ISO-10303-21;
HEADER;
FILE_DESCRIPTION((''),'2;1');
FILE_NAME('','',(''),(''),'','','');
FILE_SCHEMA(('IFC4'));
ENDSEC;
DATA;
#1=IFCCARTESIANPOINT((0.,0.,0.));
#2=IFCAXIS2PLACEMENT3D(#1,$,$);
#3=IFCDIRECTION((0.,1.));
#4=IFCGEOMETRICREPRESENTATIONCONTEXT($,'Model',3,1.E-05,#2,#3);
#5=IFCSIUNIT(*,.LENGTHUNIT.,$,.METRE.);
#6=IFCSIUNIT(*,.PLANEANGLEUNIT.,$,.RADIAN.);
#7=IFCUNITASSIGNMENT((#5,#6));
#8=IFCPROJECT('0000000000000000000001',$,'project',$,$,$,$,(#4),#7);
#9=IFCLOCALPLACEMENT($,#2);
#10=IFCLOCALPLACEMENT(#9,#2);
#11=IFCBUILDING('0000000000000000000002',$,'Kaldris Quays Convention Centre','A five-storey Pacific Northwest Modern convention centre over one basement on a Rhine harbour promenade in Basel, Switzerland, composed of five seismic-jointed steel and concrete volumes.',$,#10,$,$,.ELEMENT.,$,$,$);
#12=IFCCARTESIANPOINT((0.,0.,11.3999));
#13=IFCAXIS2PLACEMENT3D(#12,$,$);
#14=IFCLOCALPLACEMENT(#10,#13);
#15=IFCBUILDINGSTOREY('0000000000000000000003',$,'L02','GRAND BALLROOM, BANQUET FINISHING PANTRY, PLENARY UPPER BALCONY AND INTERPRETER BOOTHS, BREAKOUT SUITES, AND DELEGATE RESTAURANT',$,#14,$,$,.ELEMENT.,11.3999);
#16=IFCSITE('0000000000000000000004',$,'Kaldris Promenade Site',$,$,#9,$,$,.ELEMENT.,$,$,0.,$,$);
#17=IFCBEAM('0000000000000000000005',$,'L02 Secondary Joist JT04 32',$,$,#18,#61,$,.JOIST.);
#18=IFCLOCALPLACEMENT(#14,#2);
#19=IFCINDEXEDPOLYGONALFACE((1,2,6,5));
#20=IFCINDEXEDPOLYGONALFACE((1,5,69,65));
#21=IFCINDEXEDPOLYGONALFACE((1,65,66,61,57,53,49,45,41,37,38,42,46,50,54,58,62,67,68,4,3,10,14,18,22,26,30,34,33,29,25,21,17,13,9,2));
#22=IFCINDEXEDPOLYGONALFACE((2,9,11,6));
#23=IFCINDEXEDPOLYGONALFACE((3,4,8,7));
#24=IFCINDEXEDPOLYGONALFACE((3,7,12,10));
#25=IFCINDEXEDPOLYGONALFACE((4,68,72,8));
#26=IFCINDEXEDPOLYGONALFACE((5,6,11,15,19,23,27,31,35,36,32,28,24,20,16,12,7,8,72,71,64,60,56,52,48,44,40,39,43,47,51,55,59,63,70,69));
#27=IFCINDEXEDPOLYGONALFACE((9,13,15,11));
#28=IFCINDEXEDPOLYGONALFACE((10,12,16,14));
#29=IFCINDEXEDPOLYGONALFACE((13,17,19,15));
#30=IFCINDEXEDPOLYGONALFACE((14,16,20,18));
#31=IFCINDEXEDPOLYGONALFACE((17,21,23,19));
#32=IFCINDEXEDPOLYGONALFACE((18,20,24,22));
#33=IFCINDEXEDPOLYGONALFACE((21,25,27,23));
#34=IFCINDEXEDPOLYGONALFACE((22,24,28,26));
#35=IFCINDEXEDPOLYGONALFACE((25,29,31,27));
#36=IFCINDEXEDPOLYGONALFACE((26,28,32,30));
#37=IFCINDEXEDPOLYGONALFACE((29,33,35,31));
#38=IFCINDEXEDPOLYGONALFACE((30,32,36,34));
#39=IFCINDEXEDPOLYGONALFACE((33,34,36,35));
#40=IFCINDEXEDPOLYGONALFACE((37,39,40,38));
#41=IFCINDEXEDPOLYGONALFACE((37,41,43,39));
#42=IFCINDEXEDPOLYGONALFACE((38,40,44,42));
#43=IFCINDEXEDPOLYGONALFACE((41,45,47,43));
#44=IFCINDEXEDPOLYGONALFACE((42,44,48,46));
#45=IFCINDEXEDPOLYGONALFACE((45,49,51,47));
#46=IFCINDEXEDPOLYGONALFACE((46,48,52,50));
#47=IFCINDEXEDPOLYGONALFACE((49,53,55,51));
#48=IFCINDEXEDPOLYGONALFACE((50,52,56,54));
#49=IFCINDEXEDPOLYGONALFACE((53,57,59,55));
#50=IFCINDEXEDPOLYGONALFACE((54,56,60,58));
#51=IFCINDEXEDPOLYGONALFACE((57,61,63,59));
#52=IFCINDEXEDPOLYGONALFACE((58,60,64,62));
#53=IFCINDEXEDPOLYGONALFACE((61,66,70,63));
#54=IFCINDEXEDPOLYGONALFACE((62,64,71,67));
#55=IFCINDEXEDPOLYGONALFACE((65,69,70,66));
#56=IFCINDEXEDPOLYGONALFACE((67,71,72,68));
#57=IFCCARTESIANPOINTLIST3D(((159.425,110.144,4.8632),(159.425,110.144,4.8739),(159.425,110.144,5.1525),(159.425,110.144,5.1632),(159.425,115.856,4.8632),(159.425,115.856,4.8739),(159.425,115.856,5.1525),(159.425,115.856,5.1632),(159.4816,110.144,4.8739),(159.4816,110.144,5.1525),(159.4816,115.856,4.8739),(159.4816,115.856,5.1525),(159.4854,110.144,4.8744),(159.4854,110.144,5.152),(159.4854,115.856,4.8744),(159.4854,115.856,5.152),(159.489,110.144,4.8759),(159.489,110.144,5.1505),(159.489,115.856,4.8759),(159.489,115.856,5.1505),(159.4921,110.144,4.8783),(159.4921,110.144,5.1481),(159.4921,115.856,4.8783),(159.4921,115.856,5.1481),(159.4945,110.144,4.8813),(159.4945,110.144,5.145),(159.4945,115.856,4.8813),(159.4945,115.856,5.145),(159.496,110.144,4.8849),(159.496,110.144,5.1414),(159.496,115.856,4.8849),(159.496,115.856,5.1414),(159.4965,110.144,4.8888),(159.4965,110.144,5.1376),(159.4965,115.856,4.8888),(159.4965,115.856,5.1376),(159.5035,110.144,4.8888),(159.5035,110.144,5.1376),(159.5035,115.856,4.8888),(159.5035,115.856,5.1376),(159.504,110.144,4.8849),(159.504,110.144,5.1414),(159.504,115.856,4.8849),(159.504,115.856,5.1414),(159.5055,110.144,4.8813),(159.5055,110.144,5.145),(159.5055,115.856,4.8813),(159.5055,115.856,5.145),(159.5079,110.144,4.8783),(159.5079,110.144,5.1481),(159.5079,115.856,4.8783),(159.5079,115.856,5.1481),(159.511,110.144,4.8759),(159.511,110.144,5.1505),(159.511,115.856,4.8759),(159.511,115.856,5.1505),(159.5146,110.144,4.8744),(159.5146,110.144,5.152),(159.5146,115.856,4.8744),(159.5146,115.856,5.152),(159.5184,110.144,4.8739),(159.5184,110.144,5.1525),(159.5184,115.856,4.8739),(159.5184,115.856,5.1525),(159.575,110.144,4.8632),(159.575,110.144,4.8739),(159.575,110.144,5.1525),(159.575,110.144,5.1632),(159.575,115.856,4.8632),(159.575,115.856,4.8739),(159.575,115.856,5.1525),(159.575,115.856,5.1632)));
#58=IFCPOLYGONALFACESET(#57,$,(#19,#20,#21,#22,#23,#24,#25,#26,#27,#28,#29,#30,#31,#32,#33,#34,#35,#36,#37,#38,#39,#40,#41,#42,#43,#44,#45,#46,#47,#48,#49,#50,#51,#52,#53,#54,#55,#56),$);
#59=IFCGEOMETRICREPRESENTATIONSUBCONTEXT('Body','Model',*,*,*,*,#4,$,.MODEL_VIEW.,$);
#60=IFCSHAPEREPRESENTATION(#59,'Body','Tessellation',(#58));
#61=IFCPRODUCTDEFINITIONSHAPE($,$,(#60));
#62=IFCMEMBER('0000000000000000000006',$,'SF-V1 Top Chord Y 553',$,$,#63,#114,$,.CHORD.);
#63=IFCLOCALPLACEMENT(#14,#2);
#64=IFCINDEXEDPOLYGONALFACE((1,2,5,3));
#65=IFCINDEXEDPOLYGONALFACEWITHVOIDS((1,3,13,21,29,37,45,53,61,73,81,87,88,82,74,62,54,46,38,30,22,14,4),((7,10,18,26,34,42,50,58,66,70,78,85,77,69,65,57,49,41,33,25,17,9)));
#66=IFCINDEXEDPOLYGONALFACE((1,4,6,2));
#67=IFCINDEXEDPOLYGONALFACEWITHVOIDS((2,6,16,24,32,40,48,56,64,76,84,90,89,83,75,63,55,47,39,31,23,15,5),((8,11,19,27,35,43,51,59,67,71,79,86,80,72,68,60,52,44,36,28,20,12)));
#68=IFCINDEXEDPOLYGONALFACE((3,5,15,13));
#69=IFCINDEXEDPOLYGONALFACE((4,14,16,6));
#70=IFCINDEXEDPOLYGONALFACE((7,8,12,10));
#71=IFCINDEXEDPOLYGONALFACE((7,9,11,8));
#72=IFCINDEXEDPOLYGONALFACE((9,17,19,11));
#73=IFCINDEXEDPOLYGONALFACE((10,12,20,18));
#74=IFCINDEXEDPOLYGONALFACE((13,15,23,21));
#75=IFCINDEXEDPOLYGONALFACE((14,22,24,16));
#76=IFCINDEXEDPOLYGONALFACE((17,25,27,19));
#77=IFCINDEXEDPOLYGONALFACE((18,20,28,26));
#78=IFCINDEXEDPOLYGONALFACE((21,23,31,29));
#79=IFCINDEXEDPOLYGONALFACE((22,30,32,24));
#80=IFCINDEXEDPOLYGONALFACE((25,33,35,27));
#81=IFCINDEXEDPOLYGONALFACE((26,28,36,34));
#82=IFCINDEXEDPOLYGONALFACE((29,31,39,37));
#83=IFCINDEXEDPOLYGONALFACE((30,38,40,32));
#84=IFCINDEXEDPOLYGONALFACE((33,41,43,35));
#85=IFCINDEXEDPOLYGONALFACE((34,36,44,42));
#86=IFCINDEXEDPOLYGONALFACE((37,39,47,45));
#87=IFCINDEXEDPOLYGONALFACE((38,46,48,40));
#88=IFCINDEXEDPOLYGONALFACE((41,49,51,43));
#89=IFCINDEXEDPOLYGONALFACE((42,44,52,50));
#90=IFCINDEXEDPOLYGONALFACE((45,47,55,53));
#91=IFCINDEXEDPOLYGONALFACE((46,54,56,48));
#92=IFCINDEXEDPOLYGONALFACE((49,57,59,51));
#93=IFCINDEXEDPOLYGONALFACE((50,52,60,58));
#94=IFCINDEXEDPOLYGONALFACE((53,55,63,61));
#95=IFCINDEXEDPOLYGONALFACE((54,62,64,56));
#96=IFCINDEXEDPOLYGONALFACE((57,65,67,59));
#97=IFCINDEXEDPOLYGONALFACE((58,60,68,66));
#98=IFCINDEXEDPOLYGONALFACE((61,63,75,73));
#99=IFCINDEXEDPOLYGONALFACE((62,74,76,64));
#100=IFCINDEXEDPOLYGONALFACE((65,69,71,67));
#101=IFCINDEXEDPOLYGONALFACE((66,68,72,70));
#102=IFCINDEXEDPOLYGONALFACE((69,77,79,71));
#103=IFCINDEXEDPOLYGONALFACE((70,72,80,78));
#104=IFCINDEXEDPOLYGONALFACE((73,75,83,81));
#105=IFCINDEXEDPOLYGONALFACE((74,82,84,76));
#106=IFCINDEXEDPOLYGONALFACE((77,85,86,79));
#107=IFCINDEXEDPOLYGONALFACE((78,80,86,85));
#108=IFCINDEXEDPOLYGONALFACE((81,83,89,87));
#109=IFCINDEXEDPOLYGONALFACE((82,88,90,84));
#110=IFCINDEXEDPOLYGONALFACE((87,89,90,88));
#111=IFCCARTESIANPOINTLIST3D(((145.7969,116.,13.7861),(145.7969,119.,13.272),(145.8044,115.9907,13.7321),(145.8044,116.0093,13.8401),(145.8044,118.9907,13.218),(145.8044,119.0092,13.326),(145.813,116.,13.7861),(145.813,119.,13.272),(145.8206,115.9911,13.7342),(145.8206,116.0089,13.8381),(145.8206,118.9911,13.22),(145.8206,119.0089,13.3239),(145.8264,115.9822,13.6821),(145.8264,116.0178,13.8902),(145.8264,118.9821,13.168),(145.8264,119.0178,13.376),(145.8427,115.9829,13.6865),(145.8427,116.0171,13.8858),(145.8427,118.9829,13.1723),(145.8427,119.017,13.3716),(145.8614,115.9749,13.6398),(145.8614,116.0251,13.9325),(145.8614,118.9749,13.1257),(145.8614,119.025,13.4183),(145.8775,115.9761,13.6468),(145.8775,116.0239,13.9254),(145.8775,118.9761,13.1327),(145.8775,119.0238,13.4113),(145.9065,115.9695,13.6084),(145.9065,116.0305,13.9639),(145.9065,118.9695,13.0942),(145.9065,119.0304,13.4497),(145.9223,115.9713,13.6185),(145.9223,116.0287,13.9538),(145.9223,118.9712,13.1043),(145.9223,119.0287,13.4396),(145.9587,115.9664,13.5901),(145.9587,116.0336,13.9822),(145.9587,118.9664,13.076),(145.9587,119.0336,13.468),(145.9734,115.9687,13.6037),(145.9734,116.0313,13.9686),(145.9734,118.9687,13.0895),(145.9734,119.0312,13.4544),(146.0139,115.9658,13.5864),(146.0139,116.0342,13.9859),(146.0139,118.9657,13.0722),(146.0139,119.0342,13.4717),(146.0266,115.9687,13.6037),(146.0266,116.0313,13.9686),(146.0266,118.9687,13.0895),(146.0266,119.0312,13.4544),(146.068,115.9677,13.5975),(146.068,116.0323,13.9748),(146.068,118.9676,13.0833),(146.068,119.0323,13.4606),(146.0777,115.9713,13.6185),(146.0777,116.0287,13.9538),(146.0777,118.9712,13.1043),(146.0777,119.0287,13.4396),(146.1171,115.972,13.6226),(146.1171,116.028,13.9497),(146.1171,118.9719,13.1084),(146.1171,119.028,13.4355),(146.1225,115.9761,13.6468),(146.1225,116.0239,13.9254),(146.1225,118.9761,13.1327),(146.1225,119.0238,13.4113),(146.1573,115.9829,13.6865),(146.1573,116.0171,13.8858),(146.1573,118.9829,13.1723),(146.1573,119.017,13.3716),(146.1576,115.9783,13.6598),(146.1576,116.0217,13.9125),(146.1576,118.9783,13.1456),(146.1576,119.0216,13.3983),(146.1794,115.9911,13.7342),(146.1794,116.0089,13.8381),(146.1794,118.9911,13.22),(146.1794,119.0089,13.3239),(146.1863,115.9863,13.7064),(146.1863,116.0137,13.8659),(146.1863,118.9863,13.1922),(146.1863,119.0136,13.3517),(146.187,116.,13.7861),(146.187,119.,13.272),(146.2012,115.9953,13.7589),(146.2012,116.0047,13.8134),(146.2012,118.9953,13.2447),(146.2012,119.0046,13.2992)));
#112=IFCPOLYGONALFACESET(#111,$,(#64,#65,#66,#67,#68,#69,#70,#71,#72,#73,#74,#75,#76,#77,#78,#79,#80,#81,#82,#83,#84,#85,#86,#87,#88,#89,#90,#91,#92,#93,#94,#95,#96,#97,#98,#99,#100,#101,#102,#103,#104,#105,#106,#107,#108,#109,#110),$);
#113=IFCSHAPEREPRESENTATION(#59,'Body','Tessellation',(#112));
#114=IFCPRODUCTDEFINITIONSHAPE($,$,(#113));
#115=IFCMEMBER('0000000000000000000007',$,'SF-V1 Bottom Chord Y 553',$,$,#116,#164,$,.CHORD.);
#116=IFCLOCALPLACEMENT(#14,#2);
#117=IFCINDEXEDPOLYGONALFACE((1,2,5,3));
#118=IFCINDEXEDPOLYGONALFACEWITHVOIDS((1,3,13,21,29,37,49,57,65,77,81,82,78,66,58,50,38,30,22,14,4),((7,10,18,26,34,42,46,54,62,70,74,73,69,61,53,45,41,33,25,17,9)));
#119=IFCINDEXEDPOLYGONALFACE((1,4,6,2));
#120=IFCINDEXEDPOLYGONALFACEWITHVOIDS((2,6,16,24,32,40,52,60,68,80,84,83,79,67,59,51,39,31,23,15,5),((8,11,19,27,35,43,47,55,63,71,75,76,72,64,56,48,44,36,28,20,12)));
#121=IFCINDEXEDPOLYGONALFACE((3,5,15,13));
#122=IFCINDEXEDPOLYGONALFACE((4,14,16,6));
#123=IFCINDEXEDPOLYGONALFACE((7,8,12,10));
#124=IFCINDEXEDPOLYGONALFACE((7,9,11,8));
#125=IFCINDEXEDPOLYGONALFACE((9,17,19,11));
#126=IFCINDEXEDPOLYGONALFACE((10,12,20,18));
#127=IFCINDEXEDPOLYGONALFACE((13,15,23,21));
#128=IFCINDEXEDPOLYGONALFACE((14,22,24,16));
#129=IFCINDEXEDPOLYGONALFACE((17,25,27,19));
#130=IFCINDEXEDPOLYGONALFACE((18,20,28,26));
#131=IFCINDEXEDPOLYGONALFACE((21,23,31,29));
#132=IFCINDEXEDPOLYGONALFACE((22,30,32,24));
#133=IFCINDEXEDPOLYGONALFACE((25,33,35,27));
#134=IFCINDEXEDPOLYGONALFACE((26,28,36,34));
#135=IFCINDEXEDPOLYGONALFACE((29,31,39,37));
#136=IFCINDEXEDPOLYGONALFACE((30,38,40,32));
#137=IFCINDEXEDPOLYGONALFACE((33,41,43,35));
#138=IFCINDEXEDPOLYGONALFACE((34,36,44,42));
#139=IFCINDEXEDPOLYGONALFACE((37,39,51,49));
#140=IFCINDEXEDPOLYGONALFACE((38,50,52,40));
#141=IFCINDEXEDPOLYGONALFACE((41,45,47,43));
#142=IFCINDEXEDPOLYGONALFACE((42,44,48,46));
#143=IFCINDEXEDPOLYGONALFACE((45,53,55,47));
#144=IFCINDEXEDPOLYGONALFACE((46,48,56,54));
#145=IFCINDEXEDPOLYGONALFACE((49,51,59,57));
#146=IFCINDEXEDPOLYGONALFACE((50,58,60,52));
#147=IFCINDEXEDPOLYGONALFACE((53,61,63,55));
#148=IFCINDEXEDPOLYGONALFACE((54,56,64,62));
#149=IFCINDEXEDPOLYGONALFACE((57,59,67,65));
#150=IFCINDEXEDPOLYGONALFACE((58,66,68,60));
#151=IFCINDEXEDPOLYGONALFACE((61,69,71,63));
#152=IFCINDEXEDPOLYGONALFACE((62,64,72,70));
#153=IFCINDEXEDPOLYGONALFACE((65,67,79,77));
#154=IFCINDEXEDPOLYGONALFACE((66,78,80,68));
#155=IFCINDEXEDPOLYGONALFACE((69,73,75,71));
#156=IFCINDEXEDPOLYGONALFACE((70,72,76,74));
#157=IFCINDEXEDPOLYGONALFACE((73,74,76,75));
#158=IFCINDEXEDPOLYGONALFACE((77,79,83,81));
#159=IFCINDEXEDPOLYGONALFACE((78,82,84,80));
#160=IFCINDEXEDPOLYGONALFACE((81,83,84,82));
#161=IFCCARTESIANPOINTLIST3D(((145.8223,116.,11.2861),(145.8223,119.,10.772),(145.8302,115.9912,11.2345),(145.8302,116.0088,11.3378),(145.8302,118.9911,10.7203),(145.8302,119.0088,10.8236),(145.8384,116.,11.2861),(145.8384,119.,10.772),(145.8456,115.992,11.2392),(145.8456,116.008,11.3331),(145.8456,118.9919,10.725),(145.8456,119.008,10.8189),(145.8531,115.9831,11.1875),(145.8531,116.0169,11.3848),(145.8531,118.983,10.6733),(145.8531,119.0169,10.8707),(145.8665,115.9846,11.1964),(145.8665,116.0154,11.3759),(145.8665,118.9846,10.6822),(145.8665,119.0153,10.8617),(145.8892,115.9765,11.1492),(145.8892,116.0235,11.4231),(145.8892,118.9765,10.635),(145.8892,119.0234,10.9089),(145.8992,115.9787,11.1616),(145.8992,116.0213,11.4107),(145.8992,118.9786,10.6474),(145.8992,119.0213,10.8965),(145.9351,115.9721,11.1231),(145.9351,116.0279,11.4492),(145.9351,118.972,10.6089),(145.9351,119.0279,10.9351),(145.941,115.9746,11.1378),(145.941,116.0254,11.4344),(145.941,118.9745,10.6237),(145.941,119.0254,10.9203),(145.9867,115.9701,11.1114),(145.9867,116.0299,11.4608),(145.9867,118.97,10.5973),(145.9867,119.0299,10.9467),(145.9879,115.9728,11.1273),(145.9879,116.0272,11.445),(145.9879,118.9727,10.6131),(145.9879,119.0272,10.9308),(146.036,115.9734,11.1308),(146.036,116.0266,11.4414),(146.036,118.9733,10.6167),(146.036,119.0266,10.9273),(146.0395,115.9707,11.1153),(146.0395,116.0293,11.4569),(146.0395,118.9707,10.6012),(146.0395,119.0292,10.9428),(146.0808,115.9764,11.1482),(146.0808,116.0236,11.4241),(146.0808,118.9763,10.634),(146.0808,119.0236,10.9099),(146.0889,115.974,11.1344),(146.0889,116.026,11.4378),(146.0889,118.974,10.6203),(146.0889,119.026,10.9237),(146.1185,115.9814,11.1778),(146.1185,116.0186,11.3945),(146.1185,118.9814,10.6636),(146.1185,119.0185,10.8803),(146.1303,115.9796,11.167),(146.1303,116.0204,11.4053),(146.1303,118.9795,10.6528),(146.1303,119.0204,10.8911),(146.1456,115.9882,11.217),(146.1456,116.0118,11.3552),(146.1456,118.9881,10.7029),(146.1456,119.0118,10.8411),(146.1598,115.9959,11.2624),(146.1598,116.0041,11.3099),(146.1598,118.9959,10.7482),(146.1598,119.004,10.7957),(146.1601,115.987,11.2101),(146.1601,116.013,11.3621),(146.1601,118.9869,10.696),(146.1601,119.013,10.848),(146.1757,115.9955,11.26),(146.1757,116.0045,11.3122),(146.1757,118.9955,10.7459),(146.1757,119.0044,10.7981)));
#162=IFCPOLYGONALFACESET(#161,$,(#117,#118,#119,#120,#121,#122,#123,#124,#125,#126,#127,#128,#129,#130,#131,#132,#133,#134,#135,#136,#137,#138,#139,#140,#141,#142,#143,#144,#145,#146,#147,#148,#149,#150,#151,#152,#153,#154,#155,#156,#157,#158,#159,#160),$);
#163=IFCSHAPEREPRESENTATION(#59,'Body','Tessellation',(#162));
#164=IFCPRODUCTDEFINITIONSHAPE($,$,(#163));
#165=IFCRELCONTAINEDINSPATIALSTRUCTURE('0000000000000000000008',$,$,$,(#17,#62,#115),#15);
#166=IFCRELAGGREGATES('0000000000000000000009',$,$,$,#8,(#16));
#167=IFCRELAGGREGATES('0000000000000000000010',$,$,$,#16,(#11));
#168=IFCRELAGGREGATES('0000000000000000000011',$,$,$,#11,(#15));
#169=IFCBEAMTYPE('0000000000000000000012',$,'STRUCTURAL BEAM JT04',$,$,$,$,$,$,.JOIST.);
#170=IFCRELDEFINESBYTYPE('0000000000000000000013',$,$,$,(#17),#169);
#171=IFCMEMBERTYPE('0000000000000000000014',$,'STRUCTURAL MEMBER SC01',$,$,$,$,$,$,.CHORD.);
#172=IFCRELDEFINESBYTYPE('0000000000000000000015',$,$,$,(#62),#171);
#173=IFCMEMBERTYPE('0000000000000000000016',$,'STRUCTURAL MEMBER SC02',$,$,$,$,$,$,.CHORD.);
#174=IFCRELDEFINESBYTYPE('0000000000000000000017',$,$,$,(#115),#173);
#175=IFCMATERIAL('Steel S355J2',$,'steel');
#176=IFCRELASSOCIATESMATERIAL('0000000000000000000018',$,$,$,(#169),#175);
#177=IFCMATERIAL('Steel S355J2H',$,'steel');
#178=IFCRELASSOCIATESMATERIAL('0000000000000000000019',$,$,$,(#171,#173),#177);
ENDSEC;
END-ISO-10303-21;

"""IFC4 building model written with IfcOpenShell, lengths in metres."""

from ifc_helpers import new_model, si_unit, direction, frame, origin, origin_2d, place, context, subcontext, project, spatial, hollow_circle, i_section, extrude, material, material_profile, profile_set, type_object, element, save


model = new_model("IFC4")

# Units and contexts
model_context = context("Model", 3, precision=1e-05, world=origin(), true_north=direction((0.0, 1.0)))
body_context = subcontext(model_context, "Body", "Model", "MODEL_VIEW")
ifc_project = project(units=[si_unit("LENGTHUNIT", "METRE"), si_unit("PLANEANGLEUNIT", "RADIAN")], contexts=[model_context])

# Site, building, storey
site_placement = place(None, origin())
site = spatial("IfcSite", under=ifc_project, at=site_placement, Name="Kaldris Promenade Site", CompositionType="ELEMENT", RefElevation=0.0)
building_placement = place(site_placement, origin())
building = spatial("IfcBuilding", under=site, at=building_placement, Name="Kaldris Quays Convention Centre", Description="A five-storey Pacific Northwest Modern convention centre over one basement on a Rhine harbour promenade in Basel, Switzerland, composed of five seismic-jointed steel and concrete volumes.", CompositionType="ELEMENT")
storey_placement = place(building_placement, frame((0.0, 0.0, 11.3999)))
storey = spatial("IfcBuildingStorey", under=building, at=storey_placement, Name="L02", Description="GRAND BALLROOM, BANQUET FINISHING PANTRY, PLENARY UPPER BALCONY AND INTERPRETER BOOTHS, BREAKOUT SUITES, AND DELEGATE RESTAURANT", CompositionType="ELEMENT", Elevation=11.3999)

# Beam
ifc_material_1 = material(Name="Steel S355J2", Category="steel")
ifc_material_profile_1 = material_profile(ifc_material_1, i_section(OverallWidth=0.1499, OverallDepth=0.3, WebThickness=0.0071, FlangeThickness=0.0107, FilletRadius=0.0149, at=origin_2d()), Name="IPE 300")
ifc_profile_set_1 = profile_set([ifc_material_profile_1], Name="Steel S355J2")
beam_type_1 = type_object("IfcBeamType", Name="STRUCTURAL BEAM JT04", PredefinedType="JOIST", material=ifc_profile_set_1)
for number, where, z_axis, x_axis, name in (
    (1, (159.5, 110.144, 5.0132), (0.0, 1.0, 0.0), (-1.0, 0.0, 0.0), "L02 Secondary Joist JT04 32"),
):
    element("IfcBeam", number, at=place(storey_placement, frame(where, z_axis=z_axis, x_axis=x_axis)), inside=storey, type_object=beam_type_1, Name=name, PredefinedType="JOIST", context=body_context, shape_type="SweptSolid", body=[
        extrude(i_section(OverallWidth=0.1499, OverallDepth=0.3, WebThickness=0.0071, FlangeThickness=0.0107, FilletRadius=0.0149, at=origin_2d()), origin(), (0.0, 0.0, 1.0), 5.7119),
    ])

# Members
ifc_material_2 = material(Name="Steel S355J2H", Category="steel")
ifc_material_profile_2 = material_profile(ifc_material_2, hollow_circle(Radius=0.2031, WallThickness=0.0161, at=origin_2d()), Name="CHS 406.4x16")
ifc_profile_set_2 = profile_set([ifc_material_profile_2], Name="Steel S355J2H")
member_type_1 = type_object("IfcMemberType", Name="STRUCTURAL MEMBER SC01", PredefinedType="CHORD", material=ifc_profile_set_2)
member_1_placement = place(storey_placement, frame((146.0, 116.0, 13.7861), z_axis=(0.0, 0.985629, -0.168924), x_axis=(-1.0, 0.0, 0.0)))
element("IfcMember", 2, at=member_1_placement, inside=storey, type_object=member_type_1, Name="SF-V1 Top Chord Y 553", PredefinedType="CHORD", context=body_context, shape_type="SweptSolid", body=[
    extrude(hollow_circle(Radius=0.2031, WallThickness=0.0161, at=origin_2d()), origin(), (0.0, 0.0, 1.0), 3.0437),
])
ifc_material_profile_3 = material_profile(ifc_material_2, hollow_circle(Radius=0.1777, WallThickness=0.0161, at=origin_2d()), Name="CHS 355.6x16")
ifc_profile_set_3 = profile_set([ifc_material_profile_3], Name="Steel S355J2H")
member_type_2 = type_object("IfcMemberType", Name="STRUCTURAL MEMBER SC02", PredefinedType="CHORD", material=ifc_profile_set_3)
member_2_placement = place(storey_placement, frame((146.0, 116.0, 11.2861), z_axis=(0.0, 0.985629, -0.168924), x_axis=(-1.0, 0.0, 0.0)))
element("IfcMember", 3, at=member_2_placement, inside=storey, type_object=member_type_2, Name="SF-V1 Bottom Chord Y 553", PredefinedType="CHORD", context=body_context, shape_type="SweptSolid", body=[
    extrude(hollow_circle(Radius=0.1777, WallThickness=0.0161, at=origin_2d()), origin(), (0.0, 0.0, 1.0), 3.0437),
])

save(model, "model.ifc")
